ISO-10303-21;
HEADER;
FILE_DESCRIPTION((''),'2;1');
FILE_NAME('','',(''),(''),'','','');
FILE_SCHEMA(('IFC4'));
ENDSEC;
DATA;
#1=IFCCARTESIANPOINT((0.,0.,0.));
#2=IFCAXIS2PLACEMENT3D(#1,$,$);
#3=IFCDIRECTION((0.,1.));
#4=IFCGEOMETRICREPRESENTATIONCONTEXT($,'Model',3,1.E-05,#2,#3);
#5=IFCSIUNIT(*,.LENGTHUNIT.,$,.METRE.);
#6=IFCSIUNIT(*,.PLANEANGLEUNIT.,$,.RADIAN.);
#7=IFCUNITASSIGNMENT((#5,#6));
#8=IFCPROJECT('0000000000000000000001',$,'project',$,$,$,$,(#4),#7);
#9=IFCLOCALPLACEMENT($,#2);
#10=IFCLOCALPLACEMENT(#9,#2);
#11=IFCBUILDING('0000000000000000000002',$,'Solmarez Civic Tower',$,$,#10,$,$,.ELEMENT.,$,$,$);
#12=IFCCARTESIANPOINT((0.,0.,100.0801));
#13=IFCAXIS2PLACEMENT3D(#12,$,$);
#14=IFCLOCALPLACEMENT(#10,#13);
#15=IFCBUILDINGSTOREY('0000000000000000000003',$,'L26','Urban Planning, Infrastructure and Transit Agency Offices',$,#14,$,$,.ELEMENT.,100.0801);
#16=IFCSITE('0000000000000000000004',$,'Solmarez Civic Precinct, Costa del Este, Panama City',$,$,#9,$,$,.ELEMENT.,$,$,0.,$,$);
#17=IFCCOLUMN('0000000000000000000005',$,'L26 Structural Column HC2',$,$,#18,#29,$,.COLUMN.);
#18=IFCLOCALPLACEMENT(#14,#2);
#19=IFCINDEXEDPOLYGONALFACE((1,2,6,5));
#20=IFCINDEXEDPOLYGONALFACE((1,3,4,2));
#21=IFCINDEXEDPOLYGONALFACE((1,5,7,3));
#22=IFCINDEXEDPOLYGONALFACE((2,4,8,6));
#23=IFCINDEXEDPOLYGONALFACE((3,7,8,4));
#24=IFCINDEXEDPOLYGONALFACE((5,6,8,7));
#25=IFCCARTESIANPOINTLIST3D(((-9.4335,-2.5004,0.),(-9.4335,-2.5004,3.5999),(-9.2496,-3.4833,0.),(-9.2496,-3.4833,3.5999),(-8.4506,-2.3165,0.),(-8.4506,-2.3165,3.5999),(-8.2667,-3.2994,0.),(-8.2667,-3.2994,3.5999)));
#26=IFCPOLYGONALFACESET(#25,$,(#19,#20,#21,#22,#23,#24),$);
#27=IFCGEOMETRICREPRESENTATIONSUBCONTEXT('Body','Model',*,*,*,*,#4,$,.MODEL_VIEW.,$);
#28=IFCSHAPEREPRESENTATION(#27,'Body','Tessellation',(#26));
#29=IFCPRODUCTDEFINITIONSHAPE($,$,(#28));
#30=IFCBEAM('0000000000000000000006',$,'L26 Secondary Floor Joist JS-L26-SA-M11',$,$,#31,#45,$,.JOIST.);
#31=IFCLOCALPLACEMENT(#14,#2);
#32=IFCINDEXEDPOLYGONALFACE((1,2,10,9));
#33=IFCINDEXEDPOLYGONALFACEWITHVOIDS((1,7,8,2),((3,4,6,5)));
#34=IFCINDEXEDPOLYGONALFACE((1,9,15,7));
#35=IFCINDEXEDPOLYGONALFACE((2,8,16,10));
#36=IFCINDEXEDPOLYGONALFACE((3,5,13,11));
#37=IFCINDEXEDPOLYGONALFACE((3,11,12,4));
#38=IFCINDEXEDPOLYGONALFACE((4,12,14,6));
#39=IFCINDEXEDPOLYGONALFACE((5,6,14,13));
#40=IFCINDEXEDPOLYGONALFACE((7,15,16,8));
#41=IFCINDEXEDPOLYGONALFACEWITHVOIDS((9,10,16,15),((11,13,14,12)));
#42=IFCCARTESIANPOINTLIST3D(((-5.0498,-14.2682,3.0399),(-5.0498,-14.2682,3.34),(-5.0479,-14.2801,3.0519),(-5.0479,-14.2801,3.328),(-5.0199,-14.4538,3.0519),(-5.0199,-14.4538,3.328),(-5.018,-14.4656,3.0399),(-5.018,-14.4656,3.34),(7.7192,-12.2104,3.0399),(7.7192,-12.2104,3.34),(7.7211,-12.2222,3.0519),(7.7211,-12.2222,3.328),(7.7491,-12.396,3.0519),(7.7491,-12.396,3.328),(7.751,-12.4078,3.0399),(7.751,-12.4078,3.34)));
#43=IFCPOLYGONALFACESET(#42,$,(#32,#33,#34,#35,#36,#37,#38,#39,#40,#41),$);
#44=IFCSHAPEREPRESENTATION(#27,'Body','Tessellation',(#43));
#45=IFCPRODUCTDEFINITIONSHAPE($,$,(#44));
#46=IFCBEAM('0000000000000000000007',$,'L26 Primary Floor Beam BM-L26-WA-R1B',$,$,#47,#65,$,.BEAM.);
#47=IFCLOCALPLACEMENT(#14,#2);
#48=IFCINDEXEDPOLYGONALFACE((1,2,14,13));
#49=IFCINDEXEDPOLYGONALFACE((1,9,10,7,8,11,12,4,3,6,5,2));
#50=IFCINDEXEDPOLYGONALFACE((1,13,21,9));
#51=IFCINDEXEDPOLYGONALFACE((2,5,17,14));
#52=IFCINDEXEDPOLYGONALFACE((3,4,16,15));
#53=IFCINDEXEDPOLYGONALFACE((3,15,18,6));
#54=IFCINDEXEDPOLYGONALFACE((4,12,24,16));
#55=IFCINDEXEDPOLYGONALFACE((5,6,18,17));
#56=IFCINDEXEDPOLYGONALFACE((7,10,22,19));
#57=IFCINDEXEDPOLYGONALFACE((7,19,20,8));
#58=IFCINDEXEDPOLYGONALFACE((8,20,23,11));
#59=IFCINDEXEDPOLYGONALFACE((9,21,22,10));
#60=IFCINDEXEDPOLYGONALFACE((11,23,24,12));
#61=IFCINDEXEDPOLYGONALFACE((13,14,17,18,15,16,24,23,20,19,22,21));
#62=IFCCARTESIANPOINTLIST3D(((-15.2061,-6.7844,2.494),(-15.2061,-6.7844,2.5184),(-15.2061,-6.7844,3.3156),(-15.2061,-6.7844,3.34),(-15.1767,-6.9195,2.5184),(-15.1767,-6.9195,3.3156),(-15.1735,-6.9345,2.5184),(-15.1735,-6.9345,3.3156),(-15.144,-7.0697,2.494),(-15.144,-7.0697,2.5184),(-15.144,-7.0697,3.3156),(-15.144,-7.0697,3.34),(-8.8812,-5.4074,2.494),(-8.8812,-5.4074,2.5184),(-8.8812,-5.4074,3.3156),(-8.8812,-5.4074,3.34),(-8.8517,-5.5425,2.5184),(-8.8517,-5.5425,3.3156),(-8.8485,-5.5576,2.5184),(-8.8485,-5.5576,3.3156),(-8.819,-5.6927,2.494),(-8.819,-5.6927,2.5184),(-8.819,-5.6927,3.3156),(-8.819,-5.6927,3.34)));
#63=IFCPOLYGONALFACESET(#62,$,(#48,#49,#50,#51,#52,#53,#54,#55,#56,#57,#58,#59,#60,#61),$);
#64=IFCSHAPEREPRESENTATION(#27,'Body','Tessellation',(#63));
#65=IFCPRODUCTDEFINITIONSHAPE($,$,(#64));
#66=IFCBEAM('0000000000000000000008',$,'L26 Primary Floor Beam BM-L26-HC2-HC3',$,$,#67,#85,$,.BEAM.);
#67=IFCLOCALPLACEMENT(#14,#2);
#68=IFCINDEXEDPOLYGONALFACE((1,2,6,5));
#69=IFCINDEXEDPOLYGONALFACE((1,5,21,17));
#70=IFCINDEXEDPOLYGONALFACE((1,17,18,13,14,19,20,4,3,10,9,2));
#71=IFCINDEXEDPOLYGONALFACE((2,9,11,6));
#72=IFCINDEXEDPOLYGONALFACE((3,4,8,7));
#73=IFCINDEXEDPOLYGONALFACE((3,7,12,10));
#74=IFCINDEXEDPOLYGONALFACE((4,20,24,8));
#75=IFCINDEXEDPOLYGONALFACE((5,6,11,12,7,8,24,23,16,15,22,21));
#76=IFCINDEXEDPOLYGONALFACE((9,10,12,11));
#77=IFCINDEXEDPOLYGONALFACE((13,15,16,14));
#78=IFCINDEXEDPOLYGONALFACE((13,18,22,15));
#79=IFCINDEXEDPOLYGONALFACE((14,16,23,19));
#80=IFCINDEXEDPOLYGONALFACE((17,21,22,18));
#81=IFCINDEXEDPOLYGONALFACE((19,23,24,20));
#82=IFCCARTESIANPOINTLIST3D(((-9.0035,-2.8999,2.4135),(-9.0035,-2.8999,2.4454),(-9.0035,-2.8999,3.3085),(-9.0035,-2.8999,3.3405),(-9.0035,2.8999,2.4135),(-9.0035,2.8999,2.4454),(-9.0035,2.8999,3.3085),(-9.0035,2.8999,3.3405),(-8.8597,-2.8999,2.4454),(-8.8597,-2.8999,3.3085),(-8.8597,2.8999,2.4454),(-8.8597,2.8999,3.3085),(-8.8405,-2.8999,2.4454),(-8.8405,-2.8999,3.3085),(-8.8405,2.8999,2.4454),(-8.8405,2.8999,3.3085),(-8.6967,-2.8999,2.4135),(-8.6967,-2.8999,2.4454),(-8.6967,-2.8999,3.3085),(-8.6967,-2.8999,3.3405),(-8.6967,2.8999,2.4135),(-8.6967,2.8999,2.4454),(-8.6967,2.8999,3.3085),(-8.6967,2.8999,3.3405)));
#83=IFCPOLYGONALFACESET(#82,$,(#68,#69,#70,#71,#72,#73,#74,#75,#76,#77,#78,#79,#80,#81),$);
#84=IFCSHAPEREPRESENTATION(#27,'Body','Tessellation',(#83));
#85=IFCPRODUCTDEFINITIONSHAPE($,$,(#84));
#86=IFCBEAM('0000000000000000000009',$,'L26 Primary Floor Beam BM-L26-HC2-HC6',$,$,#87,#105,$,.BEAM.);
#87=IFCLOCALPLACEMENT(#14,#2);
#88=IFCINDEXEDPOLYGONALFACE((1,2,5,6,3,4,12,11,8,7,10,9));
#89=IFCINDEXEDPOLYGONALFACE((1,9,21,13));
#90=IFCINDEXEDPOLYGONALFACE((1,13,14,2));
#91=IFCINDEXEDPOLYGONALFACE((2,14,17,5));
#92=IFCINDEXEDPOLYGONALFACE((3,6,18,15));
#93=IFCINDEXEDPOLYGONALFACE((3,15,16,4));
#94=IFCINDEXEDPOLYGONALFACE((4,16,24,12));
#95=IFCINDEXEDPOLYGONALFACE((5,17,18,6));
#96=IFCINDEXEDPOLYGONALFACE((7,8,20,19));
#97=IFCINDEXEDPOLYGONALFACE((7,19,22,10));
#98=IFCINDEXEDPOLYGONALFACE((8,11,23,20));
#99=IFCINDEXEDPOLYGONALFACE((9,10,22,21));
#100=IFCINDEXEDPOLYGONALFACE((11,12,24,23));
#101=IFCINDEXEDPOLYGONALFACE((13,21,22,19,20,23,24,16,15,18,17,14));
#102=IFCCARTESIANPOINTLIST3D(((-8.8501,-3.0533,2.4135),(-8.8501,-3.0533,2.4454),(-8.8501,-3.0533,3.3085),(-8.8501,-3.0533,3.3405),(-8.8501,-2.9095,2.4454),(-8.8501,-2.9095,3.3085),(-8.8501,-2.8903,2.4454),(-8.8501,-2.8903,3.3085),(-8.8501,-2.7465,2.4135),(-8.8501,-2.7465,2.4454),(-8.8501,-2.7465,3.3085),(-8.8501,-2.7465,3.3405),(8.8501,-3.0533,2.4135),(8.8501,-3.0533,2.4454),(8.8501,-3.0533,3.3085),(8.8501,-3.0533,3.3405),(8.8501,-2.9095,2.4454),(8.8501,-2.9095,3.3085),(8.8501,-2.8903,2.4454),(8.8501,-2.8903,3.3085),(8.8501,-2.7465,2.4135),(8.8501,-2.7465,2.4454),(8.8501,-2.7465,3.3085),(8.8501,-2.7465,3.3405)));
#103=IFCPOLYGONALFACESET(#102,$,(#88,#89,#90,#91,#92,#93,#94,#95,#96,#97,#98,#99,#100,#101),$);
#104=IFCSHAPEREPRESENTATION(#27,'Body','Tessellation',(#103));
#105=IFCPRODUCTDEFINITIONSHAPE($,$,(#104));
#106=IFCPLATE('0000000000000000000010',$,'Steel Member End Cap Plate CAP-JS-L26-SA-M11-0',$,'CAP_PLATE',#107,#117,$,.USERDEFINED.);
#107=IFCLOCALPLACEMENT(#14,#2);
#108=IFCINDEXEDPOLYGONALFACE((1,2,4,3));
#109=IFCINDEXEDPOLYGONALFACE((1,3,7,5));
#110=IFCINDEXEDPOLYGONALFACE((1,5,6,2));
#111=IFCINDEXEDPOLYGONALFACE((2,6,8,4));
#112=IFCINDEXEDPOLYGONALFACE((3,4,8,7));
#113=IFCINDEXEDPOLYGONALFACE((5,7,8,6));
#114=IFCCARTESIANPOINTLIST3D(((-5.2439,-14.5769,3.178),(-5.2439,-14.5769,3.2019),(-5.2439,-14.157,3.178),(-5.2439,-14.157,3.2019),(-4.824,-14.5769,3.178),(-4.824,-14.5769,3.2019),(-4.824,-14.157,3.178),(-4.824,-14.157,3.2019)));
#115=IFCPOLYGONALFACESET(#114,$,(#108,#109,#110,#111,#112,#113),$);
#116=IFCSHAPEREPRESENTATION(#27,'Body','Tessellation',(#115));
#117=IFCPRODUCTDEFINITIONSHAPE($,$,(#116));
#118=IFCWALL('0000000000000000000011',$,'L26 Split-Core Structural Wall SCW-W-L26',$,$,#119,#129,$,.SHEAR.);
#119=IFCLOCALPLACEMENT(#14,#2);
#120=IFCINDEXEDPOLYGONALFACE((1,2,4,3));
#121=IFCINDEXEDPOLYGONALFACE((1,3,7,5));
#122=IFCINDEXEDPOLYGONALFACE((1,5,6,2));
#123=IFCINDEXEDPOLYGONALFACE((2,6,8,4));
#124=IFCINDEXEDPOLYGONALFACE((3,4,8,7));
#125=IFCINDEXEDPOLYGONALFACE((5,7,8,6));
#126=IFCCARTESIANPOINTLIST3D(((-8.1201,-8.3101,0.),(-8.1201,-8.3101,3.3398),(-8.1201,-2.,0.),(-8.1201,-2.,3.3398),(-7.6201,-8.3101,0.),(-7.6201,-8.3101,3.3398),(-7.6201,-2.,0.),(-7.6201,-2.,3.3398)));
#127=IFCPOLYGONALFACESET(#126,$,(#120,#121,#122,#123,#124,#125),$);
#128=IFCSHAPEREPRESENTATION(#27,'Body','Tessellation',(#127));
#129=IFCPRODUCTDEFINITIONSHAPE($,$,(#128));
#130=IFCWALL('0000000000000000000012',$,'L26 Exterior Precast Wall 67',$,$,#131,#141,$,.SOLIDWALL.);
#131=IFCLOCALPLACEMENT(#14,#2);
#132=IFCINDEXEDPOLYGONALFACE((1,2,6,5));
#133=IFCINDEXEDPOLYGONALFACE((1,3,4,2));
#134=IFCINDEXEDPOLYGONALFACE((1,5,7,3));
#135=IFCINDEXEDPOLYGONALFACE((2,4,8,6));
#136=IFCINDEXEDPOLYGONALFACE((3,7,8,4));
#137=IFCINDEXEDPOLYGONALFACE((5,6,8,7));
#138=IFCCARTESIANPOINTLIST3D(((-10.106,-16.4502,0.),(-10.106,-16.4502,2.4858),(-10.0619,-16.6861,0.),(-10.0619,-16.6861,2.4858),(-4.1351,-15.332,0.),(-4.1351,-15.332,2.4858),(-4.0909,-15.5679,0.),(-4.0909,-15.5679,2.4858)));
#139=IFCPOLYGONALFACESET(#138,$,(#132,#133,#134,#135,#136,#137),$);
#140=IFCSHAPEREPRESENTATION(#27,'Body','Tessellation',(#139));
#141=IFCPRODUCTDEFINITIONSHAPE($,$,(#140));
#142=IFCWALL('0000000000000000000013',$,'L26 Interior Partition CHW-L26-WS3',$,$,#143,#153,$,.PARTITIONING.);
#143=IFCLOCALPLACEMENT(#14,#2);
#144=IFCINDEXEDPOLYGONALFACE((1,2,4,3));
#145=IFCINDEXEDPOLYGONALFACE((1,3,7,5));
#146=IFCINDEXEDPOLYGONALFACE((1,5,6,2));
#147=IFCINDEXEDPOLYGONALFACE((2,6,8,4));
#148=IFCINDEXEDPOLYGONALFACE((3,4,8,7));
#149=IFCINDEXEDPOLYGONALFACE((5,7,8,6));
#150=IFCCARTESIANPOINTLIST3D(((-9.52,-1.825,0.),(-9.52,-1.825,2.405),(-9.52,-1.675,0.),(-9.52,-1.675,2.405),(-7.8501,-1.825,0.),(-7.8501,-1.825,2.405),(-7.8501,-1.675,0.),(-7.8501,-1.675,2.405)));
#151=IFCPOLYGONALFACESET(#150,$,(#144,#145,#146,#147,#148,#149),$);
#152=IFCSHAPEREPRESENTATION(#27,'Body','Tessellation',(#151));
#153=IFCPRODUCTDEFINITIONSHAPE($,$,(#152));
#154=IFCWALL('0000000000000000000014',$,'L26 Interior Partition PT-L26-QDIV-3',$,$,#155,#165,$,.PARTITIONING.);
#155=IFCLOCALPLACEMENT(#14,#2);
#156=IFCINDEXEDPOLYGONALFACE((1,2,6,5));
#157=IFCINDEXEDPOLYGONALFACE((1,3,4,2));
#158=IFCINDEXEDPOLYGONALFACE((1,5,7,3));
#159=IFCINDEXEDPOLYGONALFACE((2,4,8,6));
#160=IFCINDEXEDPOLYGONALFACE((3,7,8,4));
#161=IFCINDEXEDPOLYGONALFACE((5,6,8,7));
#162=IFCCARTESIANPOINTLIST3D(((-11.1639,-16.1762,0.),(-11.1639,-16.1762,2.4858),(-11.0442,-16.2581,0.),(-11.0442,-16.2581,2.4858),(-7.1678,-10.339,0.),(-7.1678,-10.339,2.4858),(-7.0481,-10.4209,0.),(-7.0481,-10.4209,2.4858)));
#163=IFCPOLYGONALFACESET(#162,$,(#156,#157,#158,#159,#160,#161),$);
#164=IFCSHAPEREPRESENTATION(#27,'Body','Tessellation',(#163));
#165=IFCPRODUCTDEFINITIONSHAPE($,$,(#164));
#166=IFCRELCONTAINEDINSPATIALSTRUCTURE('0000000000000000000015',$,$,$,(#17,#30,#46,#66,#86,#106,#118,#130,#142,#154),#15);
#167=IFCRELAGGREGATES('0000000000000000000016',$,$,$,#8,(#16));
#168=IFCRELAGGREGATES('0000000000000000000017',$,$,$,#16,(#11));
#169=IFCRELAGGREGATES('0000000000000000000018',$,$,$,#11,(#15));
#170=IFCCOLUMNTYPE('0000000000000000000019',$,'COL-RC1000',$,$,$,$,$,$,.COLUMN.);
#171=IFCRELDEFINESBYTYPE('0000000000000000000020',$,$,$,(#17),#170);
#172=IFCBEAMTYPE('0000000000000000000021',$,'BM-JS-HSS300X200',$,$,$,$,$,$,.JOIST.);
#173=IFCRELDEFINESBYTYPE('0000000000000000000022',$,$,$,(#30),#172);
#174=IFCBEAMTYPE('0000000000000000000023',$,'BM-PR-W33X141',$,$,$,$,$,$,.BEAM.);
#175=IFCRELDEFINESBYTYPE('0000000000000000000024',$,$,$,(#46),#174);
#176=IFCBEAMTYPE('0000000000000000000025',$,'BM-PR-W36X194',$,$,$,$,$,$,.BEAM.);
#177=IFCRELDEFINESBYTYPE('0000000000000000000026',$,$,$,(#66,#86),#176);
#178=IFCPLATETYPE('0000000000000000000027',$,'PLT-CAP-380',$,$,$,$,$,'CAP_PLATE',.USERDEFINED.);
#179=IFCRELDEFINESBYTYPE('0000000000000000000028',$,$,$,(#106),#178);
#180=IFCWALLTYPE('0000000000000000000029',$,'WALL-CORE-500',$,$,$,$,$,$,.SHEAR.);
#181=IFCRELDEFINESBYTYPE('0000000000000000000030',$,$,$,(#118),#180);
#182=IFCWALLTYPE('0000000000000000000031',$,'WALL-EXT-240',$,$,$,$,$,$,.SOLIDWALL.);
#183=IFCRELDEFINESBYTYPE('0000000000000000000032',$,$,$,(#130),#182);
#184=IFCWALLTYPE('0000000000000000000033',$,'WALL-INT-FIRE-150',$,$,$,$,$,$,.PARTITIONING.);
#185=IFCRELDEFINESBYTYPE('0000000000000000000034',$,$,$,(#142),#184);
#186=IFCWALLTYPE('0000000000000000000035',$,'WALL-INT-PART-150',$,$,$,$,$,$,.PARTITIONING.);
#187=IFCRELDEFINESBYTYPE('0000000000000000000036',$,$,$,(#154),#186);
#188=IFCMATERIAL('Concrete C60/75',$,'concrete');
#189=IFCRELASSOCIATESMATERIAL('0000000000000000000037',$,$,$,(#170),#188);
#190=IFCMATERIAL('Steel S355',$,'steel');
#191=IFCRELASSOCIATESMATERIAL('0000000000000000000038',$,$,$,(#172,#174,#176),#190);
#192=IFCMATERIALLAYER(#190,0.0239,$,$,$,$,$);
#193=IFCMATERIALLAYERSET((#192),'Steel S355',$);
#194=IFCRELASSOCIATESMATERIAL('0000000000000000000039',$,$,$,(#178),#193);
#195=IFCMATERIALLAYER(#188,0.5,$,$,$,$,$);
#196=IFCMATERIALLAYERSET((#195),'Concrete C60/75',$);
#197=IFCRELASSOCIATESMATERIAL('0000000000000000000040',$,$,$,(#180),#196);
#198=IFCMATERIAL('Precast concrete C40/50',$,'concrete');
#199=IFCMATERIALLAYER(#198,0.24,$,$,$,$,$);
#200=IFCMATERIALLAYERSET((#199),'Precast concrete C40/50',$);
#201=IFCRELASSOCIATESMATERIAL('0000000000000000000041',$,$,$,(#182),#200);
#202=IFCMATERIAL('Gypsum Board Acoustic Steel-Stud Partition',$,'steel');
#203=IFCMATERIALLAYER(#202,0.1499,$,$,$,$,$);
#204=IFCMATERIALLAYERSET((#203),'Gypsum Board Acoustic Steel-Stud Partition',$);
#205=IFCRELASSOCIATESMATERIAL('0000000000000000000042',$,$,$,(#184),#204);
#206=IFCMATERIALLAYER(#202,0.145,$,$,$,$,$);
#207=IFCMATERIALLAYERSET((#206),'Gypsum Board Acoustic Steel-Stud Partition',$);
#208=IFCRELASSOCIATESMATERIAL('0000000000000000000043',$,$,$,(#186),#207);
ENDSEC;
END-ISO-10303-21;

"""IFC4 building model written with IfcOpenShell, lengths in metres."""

from ifc_helpers import new_model, si_unit, direction, frame, frame_2d, origin, origin_2d, place, context, subcontext, project, spatial, rectangle, hollow_rectangle, i_section, extrude, material, layer, layer_set, material_profile, profile_set, type_object, element, save


model = new_model("IFC4")

# Units and contexts
model_context = context("Model", 3, precision=1e-05, world=origin(), true_north=direction((0.0, 1.0)))
body_context = subcontext(model_context, "Body", "Model", "MODEL_VIEW")
ifc_project = project(units=[si_unit("LENGTHUNIT", "METRE"), si_unit("PLANEANGLEUNIT", "RADIAN")], contexts=[model_context])

# Site, building, storey
site_placement = place(None, origin())
site = spatial("IfcSite", under=ifc_project, at=site_placement, Name="Solmarez Civic Precinct, Costa del Este, Panama City", CompositionType="ELEMENT", RefElevation=0.0)
building_placement = place(site_placement, origin())
building = spatial("IfcBuilding", under=site, at=building_placement, Name="Solmarez Civic Tower", CompositionType="ELEMENT")
storey_placement = place(building_placement, frame((0.0, 0.0, 100.0801)))
storey = spatial("IfcBuildingStorey", under=building, at=storey_placement, Name="L26", Description="Urban Planning, Infrastructure and Transit Agency Offices", CompositionType="ELEMENT", Elevation=100.0801)

# Column
ifc_material_1 = material(Name="Concrete C60/75", Category="concrete")
ifc_material_profile_1 = material_profile(ifc_material_1, rectangle(XDim=1.0, YDim=1.0, at=origin_2d()), Name="RC1000X1000")
ifc_profile_set_1 = profile_set([ifc_material_profile_1], Name="Concrete C60/75")
column_type = type_object("IfcColumnType", Name="COL-RC1000", PredefinedType="COLUMN", material=ifc_profile_set_1)
column_placement = place(storey_placement, frame((-8.8501, -2.8999, 0.0), z_axis=(0.0, 0.0, 1.0), x_axis=(0.982935, 0.183951, 0.0)))
element("IfcColumn", 1, at=column_placement, inside=storey, type_object=column_type, Name="L26 Structural Column HC2", PredefinedType="COLUMN", context=body_context, shape_type="SweptSolid", body=[
    extrude(rectangle(XDim=1.0, YDim=1.0, at=origin_2d()), origin(), (0.0, 0.0, 1.0), 3.5999),
])

# Beams
ifc_material_2 = material(Name="Steel S355", Category="steel")
ifc_material_profile_2 = material_profile(ifc_material_2, hollow_rectangle(XDim=0.2, YDim=0.3, WallThickness=0.012, at=origin_2d()), Name="HSS300X200X12")
ifc_profile_set_2 = profile_set([ifc_material_profile_2], Name="Steel S355")
beam_type_1 = type_object("IfcBeamType", Name="BM-JS-HSS300X200", PredefinedType="JOIST", material=ifc_profile_set_2)
beam_1_placement = place(storey_placement, frame((-5.0339, -14.3669, 3.1899), z_axis=(0.987261, 0.159107, 0.0), x_axis=(-0.159107, 0.987261, 0.0)))
element("IfcBeam", 2, at=beam_1_placement, inside=storey, type_object=beam_type_1, Name="L26 Secondary Floor Joist JS-L26-SA-M11", PredefinedType="JOIST", context=body_context, shape_type="SweptSolid", body=[
    extrude(hollow_rectangle(XDim=0.2, YDim=0.3, WallThickness=0.012, at=origin_2d()), origin(), (0.0, 0.0, 1.0), 12.9338),
])
ifc_material_profile_3 = material_profile(ifc_material_2, i_section(OverallWidth=0.292, OverallDepth=0.8459, WebThickness=0.0154, FlangeThickness=0.0244, at=origin_2d()), Name="W33X141")
ifc_profile_set_3 = profile_set([ifc_material_profile_3], Name="Steel S355")
beam_type_2 = type_object("IfcBeamType", Name="BM-PR-W33X141", PredefinedType="BEAM", material=ifc_profile_set_3)
beam_2_placement = place(storey_placement, frame((-8.8501, -5.55, 2.917), z_axis=(-0.977113, -0.212719, 0.0), x_axis=(0.212719, -0.977113, 0.0)))
element("IfcBeam", 3, at=beam_2_placement, inside=storey, type_object=beam_type_2, Name="L26 Primary Floor Beam BM-L26-WA-R1B", PredefinedType="BEAM", context=body_context, shape_type="SweptSolid", body=[
    extrude(i_section(OverallWidth=0.292, OverallDepth=0.8459, WebThickness=0.0154, FlangeThickness=0.0244, at=origin_2d()), origin(), (0.0, 0.0, 1.0), 6.4731),
])
ifc_material_profile_4 = material_profile(ifc_material_2, i_section(OverallWidth=0.3069, OverallDepth=0.927, WebThickness=0.0193, FlangeThickness=0.032, at=origin_2d()), Name="W36X194")
ifc_profile_set_4 = profile_set([ifc_material_profile_4], Name="Steel S355")
beam_type_3 = type_object("IfcBeamType", Name="BM-PR-W36X194", PredefinedType="BEAM", material=ifc_profile_set_4)
beam_3_placement = place(storey_placement, frame((-8.8501, -2.8999, 2.877), z_axis=(0.0, 1.0, 0.0), x_axis=(-1.0, 0.0, 0.0)))
element("IfcBeam", 4, at=beam_3_placement, inside=storey, type_object=beam_type_3, Name="L26 Primary Floor Beam BM-L26-HC2-HC3", PredefinedType="BEAM", context=body_context, shape_type="SweptSolid", body=[
    extrude(i_section(OverallWidth=0.3069, OverallDepth=0.927, WebThickness=0.0193, FlangeThickness=0.032, at=origin_2d()), origin(), (0.0, 0.0, 1.0), 5.7998),
])
beam_4_placement = place(storey_placement, frame((-8.8501, -2.8999, 2.877), z_axis=(1.0, 0.0, 0.0), x_axis=(0.0, 1.0, 0.0)))
element("IfcBeam", 5, at=beam_4_placement, inside=storey, type_object=beam_type_3, Name="L26 Primary Floor Beam BM-L26-HC2-HC6", PredefinedType="BEAM", context=body_context, shape_type="SweptSolid", body=[
    extrude(i_section(OverallWidth=0.3069, OverallDepth=0.927, WebThickness=0.0193, FlangeThickness=0.032, at=origin_2d()), origin(), (0.0, 0.0, 1.0), 17.7002),
])

# Plate
ifc_layer_1 = layer(ifc_material_2, 0.0239)
ifc_layer_set_1 = layer_set([ifc_layer_1], Name="Steel S355")
plate_type = type_object("IfcPlateType", Name="PLT-CAP-380", ElementType="CAP_PLATE", PredefinedType="USERDEFINED", material=ifc_layer_set_1)
plate_placement = place(storey_placement, frame((-5.0339, -14.3669, 3.178), z_axis=(0.0, 0.0, 1.0), x_axis=(1.0, 0.0, 0.0)))
element("IfcPlate", 6, at=plate_placement, inside=storey, type_object=plate_type, Name="Steel Member End Cap Plate CAP-JS-L26-SA-M11-0", ObjectType="CAP_PLATE", PredefinedType="USERDEFINED", context=body_context, shape_type="SweptSolid", body=[
    extrude(rectangle(XDim=0.4199, YDim=0.4199, at=origin_2d()), origin(), (0.0, 0.0, 1.0), 0.0239),
])

# Shared definitions
ifc_layer_2 = layer(ifc_material_1, 0.5)
ifc_layer_set_2 = layer_set([ifc_layer_2], Name="Concrete C60/75")
wall_type_1 = type_object("IfcWallType", Name="WALL-CORE-500", PredefinedType="SHEAR", material=ifc_layer_set_2)

# Walls
wall_1_placement = place(storey_placement, frame((-7.8701, -8.3101, 0.0), z_axis=(0.0, 0.0, 1.0), x_axis=(0.0, 1.0, 0.0)))
element("IfcWall", 7, at=wall_1_placement, inside=storey, type_object=wall_type_1, Name="L26 Split-Core Structural Wall SCW-W-L26", PredefinedType="SHEAR", context=body_context, shape_type="SweptSolid", body=[
    extrude(rectangle(XDim=6.3101, YDim=0.5, at=frame_2d((3.155, 0.0))), origin(), (0.0, 0.0, 1.0), 3.3398),
])
ifc_material_3 = material(Name="Precast concrete C40/50", Category="concrete")
ifc_layer_3 = layer(ifc_material_3, 0.24)
ifc_layer_set_3 = layer_set([ifc_layer_3], Name="Precast concrete C40/50")
wall_type_2 = type_object("IfcWallType", Name="WALL-EXT-240", PredefinedType="SOLIDWALL", material=ifc_layer_set_3)
wall_2_placement = place(storey_placement, frame((-4.113, -15.45, 0.0), z_axis=(0.0, 0.0, 1.0), x_axis=(-0.982914, -0.184068, 0.0)))
element("IfcWall", 8, at=wall_2_placement, inside=storey, type_object=wall_type_2, Name="L26 Exterior Precast Wall 67", PredefinedType="SOLIDWALL", context=body_context, shape_type="SweptSolid", body=[
    extrude(rectangle(XDim=6.0747, YDim=0.24, at=frame_2d((3.0374, 0.0))), origin(), (0.0, 0.0, 1.0), 2.4858),
])
ifc_material_4 = material(Name="Gypsum Board Acoustic Steel-Stud Partition", Category="steel")
ifc_layer_4 = layer(ifc_material_4, 0.1499)
ifc_layer_set_4 = layer_set([ifc_layer_4], Name="Gypsum Board Acoustic Steel-Stud Partition")
wall_type_3 = type_object("IfcWallType", Name="WALL-INT-FIRE-150", PredefinedType="PARTITIONING", material=ifc_layer_set_4)
wall_3_placement = place(storey_placement, frame((-7.8501, -1.75, 0.0), z_axis=(0.0, 0.0, 1.0), x_axis=(-1.0, 0.0, 0.0)))
element("IfcWall", 9, at=wall_3_placement, inside=storey, type_object=wall_type_3, Name="L26 Interior Partition CHW-L26-WS3", PredefinedType="PARTITIONING", context=body_context, shape_type="SweptSolid", body=[
    extrude(rectangle(XDim=1.6699, YDim=0.1499, at=frame_2d((0.835, 0.0))), origin(), (0.0, 0.0, 1.0), 2.405),
])
ifc_layer_5 = layer(ifc_material_4, 0.145)
ifc_layer_set_5 = layer_set([ifc_layer_5], Name="Gypsum Board Acoustic Steel-Stud Partition")
wall_type_4 = type_object("IfcWallType", Name="WALL-INT-PART-150", PredefinedType="PARTITIONING", material=ifc_layer_set_5)
wall_4_placement = place(storey_placement, frame((-7.1079, -10.3799, 0.0), z_axis=(0.0, 0.0, 1.0), x_axis=(-0.5649, -0.825159, 0.0)))
element("IfcWall", 10, at=wall_4_placement, inside=storey, type_object=wall_type_4, Name="L26 Interior Partition PT-L26-QDIV-3", PredefinedType="PARTITIONING", context=body_context, shape_type="SweptSolid", body=[
    extrude(rectangle(XDim=7.074, YDim=0.145, at=frame_2d((3.5371, 0.0))), origin(), (0.0, 0.0, 1.0), 2.4858),
])

save(model, "model.ifc")
